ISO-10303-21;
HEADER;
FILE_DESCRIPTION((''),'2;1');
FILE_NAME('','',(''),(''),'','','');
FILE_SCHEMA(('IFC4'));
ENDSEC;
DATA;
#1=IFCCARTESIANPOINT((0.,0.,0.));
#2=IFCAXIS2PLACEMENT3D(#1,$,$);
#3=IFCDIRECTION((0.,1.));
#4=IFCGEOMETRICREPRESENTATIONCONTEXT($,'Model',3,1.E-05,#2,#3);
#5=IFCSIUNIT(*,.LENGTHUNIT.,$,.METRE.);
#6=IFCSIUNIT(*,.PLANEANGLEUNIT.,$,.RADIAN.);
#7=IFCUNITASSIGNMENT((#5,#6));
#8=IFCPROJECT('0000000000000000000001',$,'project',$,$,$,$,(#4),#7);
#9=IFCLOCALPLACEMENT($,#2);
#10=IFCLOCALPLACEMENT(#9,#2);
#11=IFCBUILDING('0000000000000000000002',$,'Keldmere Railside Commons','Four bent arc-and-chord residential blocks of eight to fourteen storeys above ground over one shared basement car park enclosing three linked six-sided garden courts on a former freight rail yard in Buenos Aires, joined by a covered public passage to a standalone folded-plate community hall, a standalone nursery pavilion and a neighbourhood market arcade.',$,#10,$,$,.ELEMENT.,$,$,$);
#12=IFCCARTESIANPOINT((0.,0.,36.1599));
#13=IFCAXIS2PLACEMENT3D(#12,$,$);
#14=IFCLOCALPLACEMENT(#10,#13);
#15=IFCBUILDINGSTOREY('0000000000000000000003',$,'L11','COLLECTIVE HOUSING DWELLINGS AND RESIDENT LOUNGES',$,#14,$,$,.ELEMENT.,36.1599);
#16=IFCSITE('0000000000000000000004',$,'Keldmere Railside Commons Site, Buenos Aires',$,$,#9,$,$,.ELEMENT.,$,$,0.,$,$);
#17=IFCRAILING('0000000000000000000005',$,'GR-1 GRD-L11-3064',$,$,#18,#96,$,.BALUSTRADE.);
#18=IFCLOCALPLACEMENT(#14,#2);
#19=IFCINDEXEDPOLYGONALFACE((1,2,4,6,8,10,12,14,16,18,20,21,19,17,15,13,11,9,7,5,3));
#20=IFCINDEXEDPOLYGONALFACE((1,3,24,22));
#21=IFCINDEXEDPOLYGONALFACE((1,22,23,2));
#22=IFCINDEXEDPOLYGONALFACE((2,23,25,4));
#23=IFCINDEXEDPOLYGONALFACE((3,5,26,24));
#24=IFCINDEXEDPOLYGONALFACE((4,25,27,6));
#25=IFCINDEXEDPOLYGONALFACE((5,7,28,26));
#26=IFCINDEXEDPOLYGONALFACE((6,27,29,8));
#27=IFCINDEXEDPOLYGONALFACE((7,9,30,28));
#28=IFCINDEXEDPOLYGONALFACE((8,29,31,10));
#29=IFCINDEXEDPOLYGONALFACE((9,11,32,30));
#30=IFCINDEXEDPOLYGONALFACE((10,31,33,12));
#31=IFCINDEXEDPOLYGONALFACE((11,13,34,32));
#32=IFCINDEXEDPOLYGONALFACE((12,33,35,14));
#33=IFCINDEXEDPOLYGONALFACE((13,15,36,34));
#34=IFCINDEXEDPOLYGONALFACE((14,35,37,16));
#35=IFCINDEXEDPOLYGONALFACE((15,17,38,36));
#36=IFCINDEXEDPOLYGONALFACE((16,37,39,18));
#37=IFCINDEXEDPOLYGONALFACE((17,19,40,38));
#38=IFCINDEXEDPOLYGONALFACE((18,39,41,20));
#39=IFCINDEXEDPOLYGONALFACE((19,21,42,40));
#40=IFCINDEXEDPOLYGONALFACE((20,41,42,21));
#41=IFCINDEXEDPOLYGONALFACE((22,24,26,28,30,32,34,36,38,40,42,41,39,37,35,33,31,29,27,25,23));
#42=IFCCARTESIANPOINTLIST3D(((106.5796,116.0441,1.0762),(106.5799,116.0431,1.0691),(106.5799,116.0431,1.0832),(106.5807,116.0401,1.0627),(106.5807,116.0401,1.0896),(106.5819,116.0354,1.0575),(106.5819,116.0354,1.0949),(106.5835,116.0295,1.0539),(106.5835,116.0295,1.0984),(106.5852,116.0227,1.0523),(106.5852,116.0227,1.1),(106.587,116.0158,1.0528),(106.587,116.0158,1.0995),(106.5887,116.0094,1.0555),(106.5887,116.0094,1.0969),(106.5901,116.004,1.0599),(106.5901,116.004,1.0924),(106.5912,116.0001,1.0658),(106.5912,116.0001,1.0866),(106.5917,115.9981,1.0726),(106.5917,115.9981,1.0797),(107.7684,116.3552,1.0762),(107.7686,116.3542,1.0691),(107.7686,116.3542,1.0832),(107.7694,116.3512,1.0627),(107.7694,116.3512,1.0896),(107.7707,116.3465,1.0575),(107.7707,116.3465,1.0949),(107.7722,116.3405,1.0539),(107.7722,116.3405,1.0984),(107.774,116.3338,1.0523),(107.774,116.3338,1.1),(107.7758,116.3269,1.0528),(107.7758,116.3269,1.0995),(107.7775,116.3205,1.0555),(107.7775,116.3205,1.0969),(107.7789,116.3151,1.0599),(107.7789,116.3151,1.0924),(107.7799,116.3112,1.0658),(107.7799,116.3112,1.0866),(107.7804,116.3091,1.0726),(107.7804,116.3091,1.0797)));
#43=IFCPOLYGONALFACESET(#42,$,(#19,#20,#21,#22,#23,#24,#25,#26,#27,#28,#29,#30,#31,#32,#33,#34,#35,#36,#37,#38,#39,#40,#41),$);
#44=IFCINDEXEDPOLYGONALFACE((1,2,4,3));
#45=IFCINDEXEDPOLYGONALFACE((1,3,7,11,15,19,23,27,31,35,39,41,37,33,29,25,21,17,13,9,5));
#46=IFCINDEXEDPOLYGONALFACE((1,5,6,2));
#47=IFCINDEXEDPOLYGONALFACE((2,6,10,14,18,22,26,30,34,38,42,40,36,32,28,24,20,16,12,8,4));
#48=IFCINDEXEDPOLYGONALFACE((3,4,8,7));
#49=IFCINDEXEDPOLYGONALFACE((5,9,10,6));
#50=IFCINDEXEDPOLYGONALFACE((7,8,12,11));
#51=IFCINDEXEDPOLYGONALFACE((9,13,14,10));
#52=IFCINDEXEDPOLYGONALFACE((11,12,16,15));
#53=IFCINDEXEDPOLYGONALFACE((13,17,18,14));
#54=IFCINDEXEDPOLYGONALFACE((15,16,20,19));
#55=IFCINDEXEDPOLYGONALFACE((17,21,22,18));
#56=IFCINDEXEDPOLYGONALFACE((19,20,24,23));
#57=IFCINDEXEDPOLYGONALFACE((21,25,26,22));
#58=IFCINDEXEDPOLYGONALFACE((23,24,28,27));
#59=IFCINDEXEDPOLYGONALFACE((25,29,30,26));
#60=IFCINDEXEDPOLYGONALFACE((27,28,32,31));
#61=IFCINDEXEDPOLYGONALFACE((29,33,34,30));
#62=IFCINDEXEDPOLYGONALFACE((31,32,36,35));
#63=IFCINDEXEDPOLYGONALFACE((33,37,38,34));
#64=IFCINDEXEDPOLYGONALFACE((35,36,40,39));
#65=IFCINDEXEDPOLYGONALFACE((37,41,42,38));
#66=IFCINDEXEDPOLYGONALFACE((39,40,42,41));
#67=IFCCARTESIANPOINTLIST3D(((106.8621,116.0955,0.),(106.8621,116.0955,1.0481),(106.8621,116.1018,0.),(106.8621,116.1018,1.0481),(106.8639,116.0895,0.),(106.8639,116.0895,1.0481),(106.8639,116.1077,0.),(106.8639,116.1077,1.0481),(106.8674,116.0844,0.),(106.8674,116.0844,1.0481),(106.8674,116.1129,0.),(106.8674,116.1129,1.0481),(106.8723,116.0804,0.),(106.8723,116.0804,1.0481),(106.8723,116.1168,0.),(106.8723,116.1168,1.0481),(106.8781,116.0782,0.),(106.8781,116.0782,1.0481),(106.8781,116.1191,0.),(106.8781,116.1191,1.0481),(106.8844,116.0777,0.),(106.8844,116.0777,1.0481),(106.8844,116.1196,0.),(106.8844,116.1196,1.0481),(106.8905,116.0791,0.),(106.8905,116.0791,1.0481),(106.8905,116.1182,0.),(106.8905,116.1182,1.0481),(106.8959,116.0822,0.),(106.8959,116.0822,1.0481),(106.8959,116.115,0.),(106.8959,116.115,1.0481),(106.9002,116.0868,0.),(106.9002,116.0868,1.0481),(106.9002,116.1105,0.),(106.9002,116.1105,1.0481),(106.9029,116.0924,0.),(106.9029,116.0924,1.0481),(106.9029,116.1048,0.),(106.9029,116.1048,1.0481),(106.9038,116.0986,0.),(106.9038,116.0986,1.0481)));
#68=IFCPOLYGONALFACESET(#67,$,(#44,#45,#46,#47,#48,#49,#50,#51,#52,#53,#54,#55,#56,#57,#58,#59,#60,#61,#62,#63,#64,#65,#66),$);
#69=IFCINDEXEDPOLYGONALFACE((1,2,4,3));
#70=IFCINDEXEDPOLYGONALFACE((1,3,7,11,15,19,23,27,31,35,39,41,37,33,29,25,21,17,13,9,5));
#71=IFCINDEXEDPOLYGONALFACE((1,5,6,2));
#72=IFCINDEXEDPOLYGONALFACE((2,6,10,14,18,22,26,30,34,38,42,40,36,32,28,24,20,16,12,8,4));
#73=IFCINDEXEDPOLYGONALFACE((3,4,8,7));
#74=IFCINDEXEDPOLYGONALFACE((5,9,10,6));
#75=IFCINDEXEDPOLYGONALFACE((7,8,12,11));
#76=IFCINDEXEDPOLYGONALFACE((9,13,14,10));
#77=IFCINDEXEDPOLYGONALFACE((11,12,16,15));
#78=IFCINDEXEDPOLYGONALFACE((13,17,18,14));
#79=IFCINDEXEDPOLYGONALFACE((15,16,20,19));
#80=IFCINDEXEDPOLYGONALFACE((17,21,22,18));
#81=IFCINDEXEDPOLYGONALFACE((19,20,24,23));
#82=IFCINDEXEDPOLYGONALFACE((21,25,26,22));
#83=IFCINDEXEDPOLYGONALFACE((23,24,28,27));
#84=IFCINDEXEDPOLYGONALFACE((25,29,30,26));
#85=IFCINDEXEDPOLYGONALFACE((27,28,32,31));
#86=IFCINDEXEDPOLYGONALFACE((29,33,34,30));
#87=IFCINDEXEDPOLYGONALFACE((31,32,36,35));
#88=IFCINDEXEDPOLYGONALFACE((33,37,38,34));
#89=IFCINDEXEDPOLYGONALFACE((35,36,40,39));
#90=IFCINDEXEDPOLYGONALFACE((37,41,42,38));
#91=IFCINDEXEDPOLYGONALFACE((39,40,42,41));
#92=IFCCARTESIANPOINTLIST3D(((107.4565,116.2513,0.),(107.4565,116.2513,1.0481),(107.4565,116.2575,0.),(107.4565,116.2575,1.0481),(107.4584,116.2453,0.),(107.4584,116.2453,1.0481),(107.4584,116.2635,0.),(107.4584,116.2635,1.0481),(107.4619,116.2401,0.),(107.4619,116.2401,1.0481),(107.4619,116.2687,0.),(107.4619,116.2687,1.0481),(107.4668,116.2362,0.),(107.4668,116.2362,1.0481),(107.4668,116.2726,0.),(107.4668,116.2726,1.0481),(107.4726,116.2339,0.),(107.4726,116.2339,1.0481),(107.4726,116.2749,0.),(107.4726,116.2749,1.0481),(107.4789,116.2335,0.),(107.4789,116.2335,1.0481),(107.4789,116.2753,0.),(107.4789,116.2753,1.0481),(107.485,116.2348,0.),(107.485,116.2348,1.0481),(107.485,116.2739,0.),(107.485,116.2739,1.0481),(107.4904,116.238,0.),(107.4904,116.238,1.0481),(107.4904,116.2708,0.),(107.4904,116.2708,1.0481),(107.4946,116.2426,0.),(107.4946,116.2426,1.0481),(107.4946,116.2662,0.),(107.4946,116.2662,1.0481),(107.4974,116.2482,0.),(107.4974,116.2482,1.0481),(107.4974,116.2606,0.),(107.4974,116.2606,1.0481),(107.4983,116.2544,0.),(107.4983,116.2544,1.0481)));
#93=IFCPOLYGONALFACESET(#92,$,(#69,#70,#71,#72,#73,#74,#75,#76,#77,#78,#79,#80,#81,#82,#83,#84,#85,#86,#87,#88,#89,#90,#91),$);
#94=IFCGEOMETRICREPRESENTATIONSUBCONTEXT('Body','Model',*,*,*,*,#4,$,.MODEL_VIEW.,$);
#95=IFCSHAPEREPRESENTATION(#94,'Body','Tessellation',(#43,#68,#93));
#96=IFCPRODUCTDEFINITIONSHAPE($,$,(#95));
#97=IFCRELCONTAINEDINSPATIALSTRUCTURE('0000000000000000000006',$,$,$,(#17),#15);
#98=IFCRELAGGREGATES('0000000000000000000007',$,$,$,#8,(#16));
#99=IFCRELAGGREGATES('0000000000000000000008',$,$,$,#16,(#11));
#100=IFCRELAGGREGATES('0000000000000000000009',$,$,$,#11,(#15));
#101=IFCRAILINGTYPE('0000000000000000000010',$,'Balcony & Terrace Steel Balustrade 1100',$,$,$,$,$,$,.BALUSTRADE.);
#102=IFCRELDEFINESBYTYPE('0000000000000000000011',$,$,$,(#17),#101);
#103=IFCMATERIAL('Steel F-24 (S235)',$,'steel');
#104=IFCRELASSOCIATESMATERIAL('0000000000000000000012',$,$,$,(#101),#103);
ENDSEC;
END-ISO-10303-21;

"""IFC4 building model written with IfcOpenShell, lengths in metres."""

from ifc_helpers import new_model, si_unit, direction, frame, origin, origin_2d, place, context, subcontext, project, spatial, circle, extrude, material, type_object, element, save


model = new_model("IFC4")

# Units and contexts
model_context = context("Model", 3, precision=1e-05, world=origin(), true_north=direction((0.0, 1.0)))
body_context = subcontext(model_context, "Body", "Model", "MODEL_VIEW")
ifc_project = project(units=[si_unit("LENGTHUNIT", "METRE"), si_unit("PLANEANGLEUNIT", "RADIAN")], contexts=[model_context])

# Site, building, storey
site_placement = place(None, origin())
site = spatial("IfcSite", under=ifc_project, at=site_placement, Name="Keldmere Railside Commons Site, Buenos Aires", CompositionType="ELEMENT", RefElevation=0.0)
building_placement = place(site_placement, origin())
building = spatial("IfcBuilding", under=site, at=building_placement, Name="Keldmere Railside Commons", Description="Four bent arc-and-chord residential blocks of eight to fourteen storeys above ground over one shared basement car park enclosing three linked six-sided garden courts on a former freight rail yard in Buenos Aires, joined by a covered public passage to a standalone folded-plate community hall, a standalone nursery pavilion and a neighbourhood market arcade.", CompositionType="ELEMENT")
storey_placement = place(building_placement, frame((0.0, 0.0, 36.1599)))
storey = spatial("IfcBuildingStorey", under=building, at=storey_placement, Name="L11", Description="COLLECTIVE HOUSING DWELLINGS AND RESIDENT LOUNGES", CompositionType="ELEMENT", Elevation=36.1599)

# Railing
ifc_material_1 = material(Name="Steel F-24 (S235)", Category="steel")
railing_type = type_object("IfcRailingType", Name="Balcony & Terrace Steel Balustrade 1100", PredefinedType="BALUSTRADE", material=ifc_material_1)
railing_1_placement = place(storey_placement, frame((106.5857, 116.021, 0.0)))
element("IfcRailing", 1, at=railing_1_placement, inside=storey, type_object=railing_type, Name="GR-1 GRD-L11-3064", PredefinedType="BALUSTRADE", context=body_context, shape_type="SweptSolid", body=[
    extrude(circle(Radius=0.0239, at=origin_2d()), frame((0.0, 0.0, 1.0762), z_axis=(0.967431, 0.253134, 0.0), x_axis=(-0.253134, 0.967431, 0.0)), (0.0, 0.0, 1.0), 1.2288),
    extrude(circle(Radius=0.021, at=origin_2d()), frame((0.2971, 0.0776, 0.0)), (0.0, 0.0, 1.0), 1.0481),
    extrude(circle(Radius=0.021, at=origin_2d()), frame((0.8916, 0.2334, 0.0)), (0.0, 0.0, 1.0), 1.0481),
])

save(model, "model.ifc")
